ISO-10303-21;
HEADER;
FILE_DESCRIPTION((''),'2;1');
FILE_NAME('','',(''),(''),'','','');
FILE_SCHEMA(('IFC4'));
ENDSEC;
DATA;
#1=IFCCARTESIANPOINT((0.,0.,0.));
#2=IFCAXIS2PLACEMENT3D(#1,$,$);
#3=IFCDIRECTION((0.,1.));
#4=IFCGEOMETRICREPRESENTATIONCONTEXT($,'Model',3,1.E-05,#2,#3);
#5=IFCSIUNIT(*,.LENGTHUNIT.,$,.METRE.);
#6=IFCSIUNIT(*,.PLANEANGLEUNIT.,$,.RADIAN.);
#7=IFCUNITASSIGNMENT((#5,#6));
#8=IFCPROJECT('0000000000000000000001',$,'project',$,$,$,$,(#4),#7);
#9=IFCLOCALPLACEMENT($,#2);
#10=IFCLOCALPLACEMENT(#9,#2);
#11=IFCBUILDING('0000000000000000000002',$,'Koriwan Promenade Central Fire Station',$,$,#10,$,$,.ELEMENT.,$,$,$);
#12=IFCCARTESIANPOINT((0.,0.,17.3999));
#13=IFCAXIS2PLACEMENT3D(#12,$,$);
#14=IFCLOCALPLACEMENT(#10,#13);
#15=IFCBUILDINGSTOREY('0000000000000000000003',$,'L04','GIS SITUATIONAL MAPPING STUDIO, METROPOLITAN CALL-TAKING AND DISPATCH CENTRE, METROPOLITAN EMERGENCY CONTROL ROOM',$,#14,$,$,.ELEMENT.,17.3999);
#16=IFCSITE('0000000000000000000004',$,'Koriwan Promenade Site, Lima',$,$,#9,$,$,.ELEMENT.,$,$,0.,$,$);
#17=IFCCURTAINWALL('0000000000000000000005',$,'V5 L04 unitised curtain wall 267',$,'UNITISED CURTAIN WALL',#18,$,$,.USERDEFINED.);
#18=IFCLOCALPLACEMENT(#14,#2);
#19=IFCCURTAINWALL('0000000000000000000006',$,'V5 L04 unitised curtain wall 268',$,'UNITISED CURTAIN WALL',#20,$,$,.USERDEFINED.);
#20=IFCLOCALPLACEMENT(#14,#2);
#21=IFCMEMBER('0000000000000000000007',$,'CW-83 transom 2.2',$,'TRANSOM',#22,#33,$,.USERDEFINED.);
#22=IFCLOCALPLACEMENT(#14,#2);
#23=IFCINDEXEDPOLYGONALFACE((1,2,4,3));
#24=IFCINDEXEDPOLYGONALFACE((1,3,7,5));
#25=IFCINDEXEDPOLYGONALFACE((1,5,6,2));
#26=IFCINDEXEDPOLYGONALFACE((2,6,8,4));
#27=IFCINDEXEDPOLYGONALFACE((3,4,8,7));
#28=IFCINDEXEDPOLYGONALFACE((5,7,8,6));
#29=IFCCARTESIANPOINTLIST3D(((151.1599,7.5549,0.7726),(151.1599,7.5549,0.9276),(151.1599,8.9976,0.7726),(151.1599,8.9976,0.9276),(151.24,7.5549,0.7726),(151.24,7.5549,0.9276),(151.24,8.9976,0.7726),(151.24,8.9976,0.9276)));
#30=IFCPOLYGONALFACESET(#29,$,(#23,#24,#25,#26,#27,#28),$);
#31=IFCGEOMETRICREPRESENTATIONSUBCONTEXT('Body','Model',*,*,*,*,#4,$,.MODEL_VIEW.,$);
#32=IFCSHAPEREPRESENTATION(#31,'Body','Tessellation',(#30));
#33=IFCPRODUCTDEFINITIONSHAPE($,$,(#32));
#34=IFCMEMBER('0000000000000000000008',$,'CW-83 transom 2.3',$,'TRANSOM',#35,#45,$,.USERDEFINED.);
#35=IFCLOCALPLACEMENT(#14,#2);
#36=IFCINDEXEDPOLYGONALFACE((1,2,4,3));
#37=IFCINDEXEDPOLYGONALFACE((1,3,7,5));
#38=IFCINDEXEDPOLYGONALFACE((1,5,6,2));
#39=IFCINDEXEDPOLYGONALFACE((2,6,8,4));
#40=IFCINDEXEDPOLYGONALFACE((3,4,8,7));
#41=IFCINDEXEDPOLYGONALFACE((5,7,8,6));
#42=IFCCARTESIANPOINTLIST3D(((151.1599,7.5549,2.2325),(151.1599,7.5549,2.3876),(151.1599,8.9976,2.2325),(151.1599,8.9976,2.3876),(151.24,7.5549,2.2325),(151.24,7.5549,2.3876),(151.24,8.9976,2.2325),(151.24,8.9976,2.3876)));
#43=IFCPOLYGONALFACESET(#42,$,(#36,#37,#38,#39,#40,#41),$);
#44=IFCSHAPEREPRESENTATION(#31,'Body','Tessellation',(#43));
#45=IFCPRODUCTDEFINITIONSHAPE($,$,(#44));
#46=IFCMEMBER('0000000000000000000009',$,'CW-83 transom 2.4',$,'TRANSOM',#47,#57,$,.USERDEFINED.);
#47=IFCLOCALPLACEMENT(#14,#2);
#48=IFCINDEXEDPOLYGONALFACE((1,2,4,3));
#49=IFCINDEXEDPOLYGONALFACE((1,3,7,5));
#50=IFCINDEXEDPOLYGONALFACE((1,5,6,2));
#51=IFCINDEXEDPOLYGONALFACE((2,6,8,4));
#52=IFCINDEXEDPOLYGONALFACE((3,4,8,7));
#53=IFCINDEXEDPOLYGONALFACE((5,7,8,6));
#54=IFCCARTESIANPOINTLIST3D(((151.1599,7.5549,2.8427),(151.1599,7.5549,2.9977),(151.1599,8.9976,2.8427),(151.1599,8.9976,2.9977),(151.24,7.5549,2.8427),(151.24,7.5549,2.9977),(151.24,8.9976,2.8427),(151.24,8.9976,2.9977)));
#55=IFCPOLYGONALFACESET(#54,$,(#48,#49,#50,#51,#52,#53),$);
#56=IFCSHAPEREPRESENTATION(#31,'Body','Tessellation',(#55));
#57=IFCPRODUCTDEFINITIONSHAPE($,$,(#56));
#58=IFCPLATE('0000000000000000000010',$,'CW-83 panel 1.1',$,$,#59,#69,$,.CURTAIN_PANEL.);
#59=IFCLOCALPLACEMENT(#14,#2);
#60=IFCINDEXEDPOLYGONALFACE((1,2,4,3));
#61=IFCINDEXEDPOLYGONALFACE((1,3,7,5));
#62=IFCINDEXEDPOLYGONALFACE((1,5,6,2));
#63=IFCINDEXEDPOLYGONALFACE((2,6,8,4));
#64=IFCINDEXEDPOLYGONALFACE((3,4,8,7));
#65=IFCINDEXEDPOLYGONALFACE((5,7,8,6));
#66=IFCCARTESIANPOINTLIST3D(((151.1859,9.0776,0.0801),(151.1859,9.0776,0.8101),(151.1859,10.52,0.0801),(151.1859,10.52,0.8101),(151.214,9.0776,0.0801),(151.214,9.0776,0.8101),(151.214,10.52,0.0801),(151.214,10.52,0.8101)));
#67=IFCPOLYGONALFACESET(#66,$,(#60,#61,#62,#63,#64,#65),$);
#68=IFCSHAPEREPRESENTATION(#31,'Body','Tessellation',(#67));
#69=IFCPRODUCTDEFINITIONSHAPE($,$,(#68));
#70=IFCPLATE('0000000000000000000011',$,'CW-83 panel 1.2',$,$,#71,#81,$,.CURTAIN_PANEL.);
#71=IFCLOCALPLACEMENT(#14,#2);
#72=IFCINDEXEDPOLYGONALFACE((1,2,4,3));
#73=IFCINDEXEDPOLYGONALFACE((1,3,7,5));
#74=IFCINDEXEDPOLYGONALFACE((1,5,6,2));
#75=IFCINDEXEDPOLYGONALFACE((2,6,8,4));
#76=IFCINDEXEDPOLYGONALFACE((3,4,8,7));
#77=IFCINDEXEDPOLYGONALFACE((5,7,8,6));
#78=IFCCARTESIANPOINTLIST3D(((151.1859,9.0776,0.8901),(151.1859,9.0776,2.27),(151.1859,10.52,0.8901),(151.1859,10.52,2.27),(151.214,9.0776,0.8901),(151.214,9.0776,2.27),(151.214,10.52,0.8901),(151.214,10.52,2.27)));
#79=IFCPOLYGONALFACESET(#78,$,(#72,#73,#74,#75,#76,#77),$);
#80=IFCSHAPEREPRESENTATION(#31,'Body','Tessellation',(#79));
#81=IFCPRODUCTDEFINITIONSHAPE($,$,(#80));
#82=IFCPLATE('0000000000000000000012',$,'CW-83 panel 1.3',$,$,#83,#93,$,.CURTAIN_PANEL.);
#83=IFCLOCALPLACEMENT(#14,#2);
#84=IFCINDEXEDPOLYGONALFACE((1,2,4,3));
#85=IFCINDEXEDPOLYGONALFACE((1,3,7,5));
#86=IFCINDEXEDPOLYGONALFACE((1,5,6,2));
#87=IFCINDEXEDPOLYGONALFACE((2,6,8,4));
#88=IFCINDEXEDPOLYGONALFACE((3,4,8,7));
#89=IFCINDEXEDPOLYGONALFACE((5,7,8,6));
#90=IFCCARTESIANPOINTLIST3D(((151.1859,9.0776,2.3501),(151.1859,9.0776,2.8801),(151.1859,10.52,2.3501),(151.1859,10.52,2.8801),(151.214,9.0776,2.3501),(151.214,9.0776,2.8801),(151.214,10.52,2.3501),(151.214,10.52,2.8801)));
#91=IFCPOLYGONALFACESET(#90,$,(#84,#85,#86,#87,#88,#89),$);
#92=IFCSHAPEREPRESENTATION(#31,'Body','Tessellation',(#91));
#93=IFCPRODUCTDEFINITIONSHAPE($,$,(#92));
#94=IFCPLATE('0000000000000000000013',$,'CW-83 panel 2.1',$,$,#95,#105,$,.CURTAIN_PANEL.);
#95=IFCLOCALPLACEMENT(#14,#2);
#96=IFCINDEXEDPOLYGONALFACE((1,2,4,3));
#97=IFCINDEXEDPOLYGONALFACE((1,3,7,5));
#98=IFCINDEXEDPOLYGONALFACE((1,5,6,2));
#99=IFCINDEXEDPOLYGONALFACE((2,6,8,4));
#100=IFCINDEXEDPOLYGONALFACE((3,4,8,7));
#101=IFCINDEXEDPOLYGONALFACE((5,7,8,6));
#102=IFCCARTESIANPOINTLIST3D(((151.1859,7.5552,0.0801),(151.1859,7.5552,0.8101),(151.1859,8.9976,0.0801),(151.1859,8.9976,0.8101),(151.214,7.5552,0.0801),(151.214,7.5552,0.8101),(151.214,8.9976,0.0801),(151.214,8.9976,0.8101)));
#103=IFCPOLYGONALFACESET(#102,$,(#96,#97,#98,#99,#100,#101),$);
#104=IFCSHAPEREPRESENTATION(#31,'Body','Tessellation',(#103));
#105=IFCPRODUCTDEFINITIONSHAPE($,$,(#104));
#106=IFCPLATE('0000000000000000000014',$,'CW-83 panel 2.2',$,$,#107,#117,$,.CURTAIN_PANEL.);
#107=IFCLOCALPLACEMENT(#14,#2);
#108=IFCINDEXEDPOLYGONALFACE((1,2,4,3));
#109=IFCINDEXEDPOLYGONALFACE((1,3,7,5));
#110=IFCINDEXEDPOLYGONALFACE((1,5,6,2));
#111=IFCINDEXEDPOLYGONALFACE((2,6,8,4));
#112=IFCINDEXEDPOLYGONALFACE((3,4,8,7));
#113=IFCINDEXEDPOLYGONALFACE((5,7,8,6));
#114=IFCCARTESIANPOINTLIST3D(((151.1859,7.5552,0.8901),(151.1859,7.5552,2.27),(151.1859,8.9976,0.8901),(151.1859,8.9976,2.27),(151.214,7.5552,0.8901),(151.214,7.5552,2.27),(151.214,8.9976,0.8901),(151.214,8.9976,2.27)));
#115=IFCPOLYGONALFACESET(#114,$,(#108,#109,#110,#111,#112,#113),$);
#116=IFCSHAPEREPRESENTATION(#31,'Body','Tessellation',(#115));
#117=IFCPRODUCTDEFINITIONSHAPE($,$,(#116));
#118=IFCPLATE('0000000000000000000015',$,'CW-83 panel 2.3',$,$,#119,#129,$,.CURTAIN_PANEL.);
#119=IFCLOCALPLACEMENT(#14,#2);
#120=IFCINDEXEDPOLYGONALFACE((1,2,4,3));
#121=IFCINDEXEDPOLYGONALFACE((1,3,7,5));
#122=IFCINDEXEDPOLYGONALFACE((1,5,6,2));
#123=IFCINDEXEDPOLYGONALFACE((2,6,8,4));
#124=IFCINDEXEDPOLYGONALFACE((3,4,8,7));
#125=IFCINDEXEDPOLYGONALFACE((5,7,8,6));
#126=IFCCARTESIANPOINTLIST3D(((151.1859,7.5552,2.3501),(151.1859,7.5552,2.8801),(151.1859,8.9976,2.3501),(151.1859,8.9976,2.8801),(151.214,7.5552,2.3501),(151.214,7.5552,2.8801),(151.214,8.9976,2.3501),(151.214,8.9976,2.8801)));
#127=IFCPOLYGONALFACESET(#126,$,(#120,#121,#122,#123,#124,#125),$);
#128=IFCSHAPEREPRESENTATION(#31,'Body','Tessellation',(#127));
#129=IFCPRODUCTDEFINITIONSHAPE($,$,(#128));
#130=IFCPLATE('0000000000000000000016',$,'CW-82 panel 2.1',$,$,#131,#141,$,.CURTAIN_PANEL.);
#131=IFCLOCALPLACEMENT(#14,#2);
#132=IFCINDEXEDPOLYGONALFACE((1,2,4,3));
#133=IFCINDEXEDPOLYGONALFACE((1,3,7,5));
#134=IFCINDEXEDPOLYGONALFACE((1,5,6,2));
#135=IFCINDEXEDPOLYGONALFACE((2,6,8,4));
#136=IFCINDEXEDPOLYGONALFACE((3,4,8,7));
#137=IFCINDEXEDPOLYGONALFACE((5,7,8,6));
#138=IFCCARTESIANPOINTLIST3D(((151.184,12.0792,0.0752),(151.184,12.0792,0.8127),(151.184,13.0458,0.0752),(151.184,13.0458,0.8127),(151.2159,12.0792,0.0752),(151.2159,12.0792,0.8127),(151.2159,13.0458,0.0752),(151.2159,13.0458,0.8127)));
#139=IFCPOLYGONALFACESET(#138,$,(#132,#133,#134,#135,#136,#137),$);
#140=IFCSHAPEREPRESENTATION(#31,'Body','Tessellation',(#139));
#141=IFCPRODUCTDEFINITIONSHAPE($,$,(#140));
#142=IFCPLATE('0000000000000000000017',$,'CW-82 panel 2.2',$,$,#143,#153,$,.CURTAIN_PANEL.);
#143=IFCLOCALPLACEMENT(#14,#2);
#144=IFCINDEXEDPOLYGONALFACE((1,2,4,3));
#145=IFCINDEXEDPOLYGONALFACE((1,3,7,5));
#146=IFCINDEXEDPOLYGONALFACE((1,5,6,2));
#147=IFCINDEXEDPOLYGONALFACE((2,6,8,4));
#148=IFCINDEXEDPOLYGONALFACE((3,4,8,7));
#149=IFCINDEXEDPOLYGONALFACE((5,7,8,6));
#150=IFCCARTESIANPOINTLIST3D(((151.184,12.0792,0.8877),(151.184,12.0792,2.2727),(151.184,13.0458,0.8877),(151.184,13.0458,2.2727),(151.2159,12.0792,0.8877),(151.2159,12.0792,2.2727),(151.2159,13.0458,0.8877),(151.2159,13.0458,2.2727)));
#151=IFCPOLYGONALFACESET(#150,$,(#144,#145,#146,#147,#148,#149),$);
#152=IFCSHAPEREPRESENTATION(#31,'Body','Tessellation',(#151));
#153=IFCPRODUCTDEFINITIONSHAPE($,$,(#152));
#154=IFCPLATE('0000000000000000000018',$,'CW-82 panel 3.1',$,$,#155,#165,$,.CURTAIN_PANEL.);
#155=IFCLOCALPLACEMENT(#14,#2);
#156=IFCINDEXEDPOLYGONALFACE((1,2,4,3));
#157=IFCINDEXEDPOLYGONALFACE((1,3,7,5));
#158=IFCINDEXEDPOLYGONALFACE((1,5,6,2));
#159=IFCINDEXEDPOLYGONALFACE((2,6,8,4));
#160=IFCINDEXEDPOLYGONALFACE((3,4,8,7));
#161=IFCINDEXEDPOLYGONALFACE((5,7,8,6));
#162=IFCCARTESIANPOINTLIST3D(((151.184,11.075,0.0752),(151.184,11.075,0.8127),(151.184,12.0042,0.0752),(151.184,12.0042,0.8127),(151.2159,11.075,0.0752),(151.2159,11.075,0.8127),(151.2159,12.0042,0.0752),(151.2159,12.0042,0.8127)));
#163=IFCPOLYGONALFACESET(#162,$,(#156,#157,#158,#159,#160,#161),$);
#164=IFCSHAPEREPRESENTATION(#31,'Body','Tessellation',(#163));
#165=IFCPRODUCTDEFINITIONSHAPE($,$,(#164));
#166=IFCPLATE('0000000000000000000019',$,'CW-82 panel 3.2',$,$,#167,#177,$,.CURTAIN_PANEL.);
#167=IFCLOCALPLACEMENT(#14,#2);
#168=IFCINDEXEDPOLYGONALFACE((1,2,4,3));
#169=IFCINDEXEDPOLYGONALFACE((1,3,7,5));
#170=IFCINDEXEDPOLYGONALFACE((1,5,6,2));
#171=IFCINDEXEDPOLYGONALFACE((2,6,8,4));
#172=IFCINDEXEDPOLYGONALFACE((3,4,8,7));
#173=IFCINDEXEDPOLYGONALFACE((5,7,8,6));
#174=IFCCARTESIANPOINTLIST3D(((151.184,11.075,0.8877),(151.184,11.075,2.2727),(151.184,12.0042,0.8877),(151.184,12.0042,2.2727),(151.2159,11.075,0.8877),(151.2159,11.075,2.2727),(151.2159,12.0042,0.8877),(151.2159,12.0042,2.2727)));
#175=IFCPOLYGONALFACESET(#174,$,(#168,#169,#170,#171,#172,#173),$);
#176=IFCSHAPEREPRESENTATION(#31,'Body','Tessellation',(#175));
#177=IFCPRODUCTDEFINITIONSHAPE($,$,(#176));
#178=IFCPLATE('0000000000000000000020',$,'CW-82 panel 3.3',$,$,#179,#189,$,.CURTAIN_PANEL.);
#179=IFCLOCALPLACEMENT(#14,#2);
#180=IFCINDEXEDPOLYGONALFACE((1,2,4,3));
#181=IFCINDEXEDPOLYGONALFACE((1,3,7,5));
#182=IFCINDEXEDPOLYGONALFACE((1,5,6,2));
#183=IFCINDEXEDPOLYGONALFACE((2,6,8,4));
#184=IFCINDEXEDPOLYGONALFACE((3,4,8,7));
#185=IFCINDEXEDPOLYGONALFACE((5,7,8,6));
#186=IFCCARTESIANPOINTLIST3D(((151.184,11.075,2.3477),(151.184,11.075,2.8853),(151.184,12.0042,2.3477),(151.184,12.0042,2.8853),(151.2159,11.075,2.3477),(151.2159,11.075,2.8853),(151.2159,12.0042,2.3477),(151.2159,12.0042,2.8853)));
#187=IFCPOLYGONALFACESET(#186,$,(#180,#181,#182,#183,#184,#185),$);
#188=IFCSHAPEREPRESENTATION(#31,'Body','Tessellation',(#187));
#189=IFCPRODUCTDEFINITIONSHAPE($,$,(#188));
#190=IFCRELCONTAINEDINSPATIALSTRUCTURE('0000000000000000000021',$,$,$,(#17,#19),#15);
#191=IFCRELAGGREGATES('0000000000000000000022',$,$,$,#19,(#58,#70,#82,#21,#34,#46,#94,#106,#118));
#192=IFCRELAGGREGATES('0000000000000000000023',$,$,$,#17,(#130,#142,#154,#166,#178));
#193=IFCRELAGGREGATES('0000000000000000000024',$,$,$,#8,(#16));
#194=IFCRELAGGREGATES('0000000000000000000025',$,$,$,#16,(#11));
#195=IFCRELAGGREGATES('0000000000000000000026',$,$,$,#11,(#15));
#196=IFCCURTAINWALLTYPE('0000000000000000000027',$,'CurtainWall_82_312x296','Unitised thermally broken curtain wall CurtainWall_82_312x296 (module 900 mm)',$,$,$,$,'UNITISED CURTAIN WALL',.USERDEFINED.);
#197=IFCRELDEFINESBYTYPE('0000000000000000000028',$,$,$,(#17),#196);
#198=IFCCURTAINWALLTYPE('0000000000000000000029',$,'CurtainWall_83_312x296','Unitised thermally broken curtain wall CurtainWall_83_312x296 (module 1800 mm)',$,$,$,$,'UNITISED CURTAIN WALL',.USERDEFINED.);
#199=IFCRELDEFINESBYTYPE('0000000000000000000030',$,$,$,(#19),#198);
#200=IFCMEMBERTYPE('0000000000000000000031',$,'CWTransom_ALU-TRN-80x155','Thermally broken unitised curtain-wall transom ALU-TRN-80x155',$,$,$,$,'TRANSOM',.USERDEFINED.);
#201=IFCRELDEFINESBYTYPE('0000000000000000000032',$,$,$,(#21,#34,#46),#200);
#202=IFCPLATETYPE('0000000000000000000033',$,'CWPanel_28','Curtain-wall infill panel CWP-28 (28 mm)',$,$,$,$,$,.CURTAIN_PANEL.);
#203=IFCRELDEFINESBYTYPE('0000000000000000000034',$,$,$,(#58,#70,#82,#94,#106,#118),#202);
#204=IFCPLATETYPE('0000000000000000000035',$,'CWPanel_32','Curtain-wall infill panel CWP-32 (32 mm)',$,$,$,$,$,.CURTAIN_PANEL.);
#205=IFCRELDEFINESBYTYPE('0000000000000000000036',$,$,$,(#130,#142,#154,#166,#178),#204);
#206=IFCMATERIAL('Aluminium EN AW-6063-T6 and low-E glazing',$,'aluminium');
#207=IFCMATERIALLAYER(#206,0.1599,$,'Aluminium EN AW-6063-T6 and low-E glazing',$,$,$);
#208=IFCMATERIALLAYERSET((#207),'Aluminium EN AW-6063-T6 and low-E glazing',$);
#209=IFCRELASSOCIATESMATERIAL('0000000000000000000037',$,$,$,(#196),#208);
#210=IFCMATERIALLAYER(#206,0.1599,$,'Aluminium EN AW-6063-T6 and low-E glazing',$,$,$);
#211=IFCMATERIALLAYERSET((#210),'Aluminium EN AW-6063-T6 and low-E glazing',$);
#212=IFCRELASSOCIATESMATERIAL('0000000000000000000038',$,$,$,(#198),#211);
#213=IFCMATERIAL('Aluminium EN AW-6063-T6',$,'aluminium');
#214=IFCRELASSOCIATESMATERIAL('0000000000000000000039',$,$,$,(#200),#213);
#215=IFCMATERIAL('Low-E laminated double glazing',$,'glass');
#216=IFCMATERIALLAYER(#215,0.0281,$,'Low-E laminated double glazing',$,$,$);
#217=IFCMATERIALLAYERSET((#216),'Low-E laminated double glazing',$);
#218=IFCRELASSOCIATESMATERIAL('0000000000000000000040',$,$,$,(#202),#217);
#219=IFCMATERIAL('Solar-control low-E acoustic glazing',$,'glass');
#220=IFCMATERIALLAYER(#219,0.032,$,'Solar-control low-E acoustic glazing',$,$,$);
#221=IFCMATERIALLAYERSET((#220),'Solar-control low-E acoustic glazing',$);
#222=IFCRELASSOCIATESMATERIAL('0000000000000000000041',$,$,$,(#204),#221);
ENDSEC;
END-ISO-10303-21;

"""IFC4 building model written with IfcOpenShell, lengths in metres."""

from ifc_helpers import new_model, si_unit, direction, frame, origin, origin_2d, place, context, subcontext, project, spatial, rectangle, extrude, material, layer, layer_set, material_profile, profile_set, type_object, element, aggregate, save


model = new_model("IFC4")

# Units and contexts
model_context = context("Model", 3, precision=1e-05, world=origin(), true_north=direction((0.0, 1.0)))
body_context = subcontext(model_context, "Body", "Model", "MODEL_VIEW")
ifc_project = project(units=[si_unit("LENGTHUNIT", "METRE"), si_unit("PLANEANGLEUNIT", "RADIAN")], contexts=[model_context])

# Site, building, storey
site_placement = place(None, origin())
site = spatial("IfcSite", under=ifc_project, at=site_placement, Name="Koriwan Promenade Site, Lima", CompositionType="ELEMENT", RefElevation=0.0)
building_placement = place(site_placement, origin())
building = spatial("IfcBuilding", under=site, at=building_placement, Name="Koriwan Promenade Central Fire Station", CompositionType="ELEMENT")
storey_placement = place(building_placement, frame((0.0, 0.0, 17.3999)))
storey = spatial("IfcBuildingStorey", under=building, at=storey_placement, Name="L04", Description="GIS SITUATIONAL MAPPING STUDIO, METROPOLITAN CALL-TAKING AND DISPATCH CENTRE, METROPOLITAN EMERGENCY CONTROL ROOM", CompositionType="ELEMENT", Elevation=17.3999)

# Curtain walls
ifc_material_1 = material(Name="Aluminium EN AW-6063-T6 and low-E glazing", Category="aluminium")
ifc_layer_1 = layer(ifc_material_1, 0.1599, Name="Aluminium EN AW-6063-T6 and low-E glazing")
ifc_layer_set_1 = layer_set([ifc_layer_1], Name="Aluminium EN AW-6063-T6 and low-E glazing")
curtain_wall_type_1 = type_object("IfcCurtainWallType", Name="CurtainWall_82_312x296", Description="Unitised thermally broken curtain wall CurtainWall_82_312x296 (module 900 mm)", ElementType="UNITISED CURTAIN WALL", PredefinedType="USERDEFINED", material=ifc_layer_set_1)
curtain_wall_1_placement = place(storey_placement, origin())
curtain_wall_1 = element("IfcCurtainWall", 1, at=curtain_wall_1_placement, inside=storey, type_object=curtain_wall_type_1, Name="V5 L04 unitised curtain wall 267", ObjectType="UNITISED CURTAIN WALL", PredefinedType="USERDEFINED")
ifc_material_2 = material(Name="Aluminium EN AW-6063-T6", Category="aluminium")
ifc_layer_2 = layer(ifc_material_1, 0.1599, Name="Aluminium EN AW-6063-T6 and low-E glazing")
ifc_layer_set_2 = layer_set([ifc_layer_2], Name="Aluminium EN AW-6063-T6 and low-E glazing")
curtain_wall_type_2 = type_object("IfcCurtainWallType", Name="CurtainWall_83_312x296", Description="Unitised thermally broken curtain wall CurtainWall_83_312x296 (module 1800 mm)", ElementType="UNITISED CURTAIN WALL", PredefinedType="USERDEFINED", material=ifc_layer_set_2)
curtain_wall_2_placement = place(storey_placement, origin())
curtain_wall_2 = element("IfcCurtainWall", 2, at=curtain_wall_2_placement, inside=storey, type_object=curtain_wall_type_2, Name="V5 L04 unitised curtain wall 268", ObjectType="UNITISED CURTAIN WALL", PredefinedType="USERDEFINED")

# Members
ifc_material_profile_1 = material_profile(ifc_material_2, rectangle(XDim=0.0801, YDim=0.155, at=origin_2d()), Name="ALU-TRN-80x155")
ifc_profile_set_1 = profile_set([ifc_material_profile_1], Name="Aluminium EN AW-6063-T6")
member_type_1 = type_object("IfcMemberType", Name="CWTransom_ALU-TRN-80x155", Description="Thermally broken unitised curtain-wall transom ALU-TRN-80x155", ElementType="TRANSOM", PredefinedType="USERDEFINED", material=ifc_profile_set_1)
member_1_placement = place(storey_placement, frame((151.2, 8.9976, 0.8501), z_axis=(0.0, -1.0, 0.0), x_axis=(1.0, 0.0, 0.0)))
member_1 = element("IfcMember", 3, at=member_1_placement, type_object=member_type_1, Name="CW-83 transom 2.2", ObjectType="TRANSOM", PredefinedType="USERDEFINED", context=body_context, shape_type="SweptSolid", body=[
    extrude(rectangle(XDim=0.0801, YDim=0.155, at=origin_2d()), origin(), (0.0, 0.0, 1.0), 1.4426),
])
member_2_placement = place(storey_placement, frame((151.2, 8.9976, 2.3101), z_axis=(0.0, -1.0, 0.0), x_axis=(1.0, 0.0, 0.0)))
member_2 = element("IfcMember", 4, at=member_2_placement, type_object=member_type_1, Name="CW-83 transom 2.3", ObjectType="TRANSOM", PredefinedType="USERDEFINED", context=body_context, shape_type="SweptSolid", body=[
    extrude(rectangle(XDim=0.0801, YDim=0.155, at=origin_2d()), origin(), (0.0, 0.0, 1.0), 1.4426),
])
member_3_placement = place(storey_placement, frame((151.2, 8.9976, 2.9202), z_axis=(0.0, -1.0, 0.0), x_axis=(1.0, 0.0, 0.0)))
member_3 = element("IfcMember", 5, at=member_3_placement, type_object=member_type_1, Name="CW-83 transom 2.4", ObjectType="TRANSOM", PredefinedType="USERDEFINED", context=body_context, shape_type="SweptSolid", body=[
    extrude(rectangle(XDim=0.0801, YDim=0.155, at=origin_2d()), origin(), (0.0, 0.0, 1.0), 1.4426),
])

# Plates
ifc_material_3 = material(Name="Low-E laminated double glazing", Category="glass")
ifc_layer_3 = layer(ifc_material_3, 0.0281, Name="Low-E laminated double glazing")
ifc_layer_set_3 = layer_set([ifc_layer_3], Name="Low-E laminated double glazing")
plate_type_1 = type_object("IfcPlateType", Name="CWPanel_28", Description="Curtain-wall infill panel CWP-28 (28 mm)", PredefinedType="CURTAIN_PANEL", material=ifc_layer_set_3)
plate_1_placement = place(storey_placement, frame((151.2, 9.7988, 0.0801), z_axis=(0.0, 0.0, 1.0), x_axis=(0.0, -1.0, 0.0)))
plate_1 = element("IfcPlate", 6, at=plate_1_placement, type_object=plate_type_1, Name="CW-83 panel 1.1", PredefinedType="CURTAIN_PANEL", context=body_context, shape_type="SweptSolid", body=[
    extrude(rectangle(XDim=1.4424, YDim=0.0281, at=origin_2d()), origin(), (0.0, 0.0, 1.0), 0.73),
])
plate_2_placement = place(storey_placement, frame((151.2, 9.7988, 0.8901), z_axis=(0.0, 0.0, 1.0), x_axis=(0.0, -1.0, 0.0)))
plate_2 = element("IfcPlate", 7, at=plate_2_placement, type_object=plate_type_1, Name="CW-83 panel 1.2", PredefinedType="CURTAIN_PANEL", context=body_context, shape_type="SweptSolid", body=[
    extrude(rectangle(XDim=1.4424, YDim=0.0281, at=origin_2d()), origin(), (0.0, 0.0, 1.0), 1.3799),
])
plate_3_placement = place(storey_placement, frame((151.2, 9.7988, 2.3501), z_axis=(0.0, 0.0, 1.0), x_axis=(0.0, -1.0, 0.0)))
plate_3 = element("IfcPlate", 8, at=plate_3_placement, type_object=plate_type_1, Name="CW-83 panel 1.3", PredefinedType="CURTAIN_PANEL", context=body_context, shape_type="SweptSolid", body=[
    extrude(rectangle(XDim=1.4424, YDim=0.0281, at=origin_2d()), origin(), (0.0, 0.0, 1.0), 0.53),
])
plate_4_placement = place(storey_placement, frame((151.2, 8.2764, 0.0801), z_axis=(0.0, 0.0, 1.0), x_axis=(0.0, -1.0, 0.0)))
plate_4 = element("IfcPlate", 9, at=plate_4_placement, type_object=plate_type_1, Name="CW-83 panel 2.1", PredefinedType="CURTAIN_PANEL", context=body_context, shape_type="SweptSolid", body=[
    extrude(rectangle(XDim=1.4424, YDim=0.0281, at=origin_2d()), origin(), (0.0, 0.0, 1.0), 0.73),
])
plate_5_placement = place(storey_placement, frame((151.2, 8.2764, 0.8901), z_axis=(0.0, 0.0, 1.0), x_axis=(0.0, -1.0, 0.0)))
plate_5 = element("IfcPlate", 10, at=plate_5_placement, type_object=plate_type_1, Name="CW-83 panel 2.2", PredefinedType="CURTAIN_PANEL", context=body_context, shape_type="SweptSolid", body=[
    extrude(rectangle(XDim=1.4424, YDim=0.0281, at=origin_2d()), origin(), (0.0, 0.0, 1.0), 1.3799),
])
plate_6_placement = place(storey_placement, frame((151.2, 8.2764, 2.3501), z_axis=(0.0, 0.0, 1.0), x_axis=(0.0, -1.0, 0.0)))
plate_6 = element("IfcPlate", 11, at=plate_6_placement, type_object=plate_type_1, Name="CW-83 panel 2.3", PredefinedType="CURTAIN_PANEL", context=body_context, shape_type="SweptSolid", body=[
    extrude(rectangle(XDim=1.4424, YDim=0.0281, at=origin_2d()), origin(), (0.0, 0.0, 1.0), 0.53),
])
aggregate(curtain_wall_2, [plate_1, plate_2, plate_3, member_1, member_2, member_3, plate_4, plate_5, plate_6])
ifc_material_4 = material(Name="Solar-control low-E acoustic glazing", Category="glass")
ifc_layer_4 = layer(ifc_material_4, 0.032, Name="Solar-control low-E acoustic glazing")
ifc_layer_set_4 = layer_set([ifc_layer_4], Name="Solar-control low-E acoustic glazing")
plate_type_2 = type_object("IfcPlateType", Name="CWPanel_32", Description="Curtain-wall infill panel CWP-32 (32 mm)", PredefinedType="CURTAIN_PANEL", material=ifc_layer_set_4)
plate_7_placement = place(storey_placement, frame((151.2, 12.5625, 0.0752), z_axis=(0.0, 0.0, 1.0), x_axis=(0.0, -1.0, 0.0)))
plate_7 = element("IfcPlate", 12, at=plate_7_placement, type_object=plate_type_2, Name="CW-82 panel 2.1", PredefinedType="CURTAIN_PANEL", context=body_context, shape_type="SweptSolid", body=[
    extrude(rectangle(XDim=0.9666, YDim=0.032, at=origin_2d()), origin(), (0.0, 0.0, 1.0), 0.7375),
])
plate_8_placement = place(storey_placement, frame((151.2, 12.5625, 0.8877), z_axis=(0.0, 0.0, 1.0), x_axis=(0.0, -1.0, 0.0)))
plate_8 = element("IfcPlate", 13, at=plate_8_placement, type_object=plate_type_2, Name="CW-82 panel 2.2", PredefinedType="CURTAIN_PANEL", context=body_context, shape_type="SweptSolid", body=[
    extrude(rectangle(XDim=0.9666, YDim=0.032, at=origin_2d()), origin(), (0.0, 0.0, 1.0), 1.385),
])
plate_9_placement = place(storey_placement, frame((151.2, 11.5396, 0.0752), z_axis=(0.0, 0.0, 1.0), x_axis=(0.0, -1.0, 0.0)))
plate_9 = element("IfcPlate", 14, at=plate_9_placement, type_object=plate_type_2, Name="CW-82 panel 3.1", PredefinedType="CURTAIN_PANEL", context=body_context, shape_type="SweptSolid", body=[
    extrude(rectangle(XDim=0.9292, YDim=0.032, at=origin_2d()), origin(), (0.0, 0.0, 1.0), 0.7375),
])
plate_10_placement = place(storey_placement, frame((151.2, 11.5396, 0.8877), z_axis=(0.0, 0.0, 1.0), x_axis=(0.0, -1.0, 0.0)))
plate_10 = element("IfcPlate", 15, at=plate_10_placement, type_object=plate_type_2, Name="CW-82 panel 3.2", PredefinedType="CURTAIN_PANEL", context=body_context, shape_type="SweptSolid", body=[
    extrude(rectangle(XDim=0.9292, YDim=0.032, at=origin_2d()), origin(), (0.0, 0.0, 1.0), 1.385),
])
plate_11_placement = place(storey_placement, frame((151.2, 11.5396, 2.3477), z_axis=(0.0, 0.0, 1.0), x_axis=(0.0, -1.0, 0.0)))
plate_11 = element("IfcPlate", 16, at=plate_11_placement, type_object=plate_type_2, Name="CW-82 panel 3.3", PredefinedType="CURTAIN_PANEL", context=body_context, shape_type="SweptSolid", body=[
    extrude(rectangle(XDim=0.9292, YDim=0.032, at=origin_2d()), origin(), (0.0, 0.0, 1.0), 0.5376),
])
aggregate(curtain_wall_1, [plate_7, plate_8, plate_9, plate_10, plate_11])

save(model, "model.ifc")
